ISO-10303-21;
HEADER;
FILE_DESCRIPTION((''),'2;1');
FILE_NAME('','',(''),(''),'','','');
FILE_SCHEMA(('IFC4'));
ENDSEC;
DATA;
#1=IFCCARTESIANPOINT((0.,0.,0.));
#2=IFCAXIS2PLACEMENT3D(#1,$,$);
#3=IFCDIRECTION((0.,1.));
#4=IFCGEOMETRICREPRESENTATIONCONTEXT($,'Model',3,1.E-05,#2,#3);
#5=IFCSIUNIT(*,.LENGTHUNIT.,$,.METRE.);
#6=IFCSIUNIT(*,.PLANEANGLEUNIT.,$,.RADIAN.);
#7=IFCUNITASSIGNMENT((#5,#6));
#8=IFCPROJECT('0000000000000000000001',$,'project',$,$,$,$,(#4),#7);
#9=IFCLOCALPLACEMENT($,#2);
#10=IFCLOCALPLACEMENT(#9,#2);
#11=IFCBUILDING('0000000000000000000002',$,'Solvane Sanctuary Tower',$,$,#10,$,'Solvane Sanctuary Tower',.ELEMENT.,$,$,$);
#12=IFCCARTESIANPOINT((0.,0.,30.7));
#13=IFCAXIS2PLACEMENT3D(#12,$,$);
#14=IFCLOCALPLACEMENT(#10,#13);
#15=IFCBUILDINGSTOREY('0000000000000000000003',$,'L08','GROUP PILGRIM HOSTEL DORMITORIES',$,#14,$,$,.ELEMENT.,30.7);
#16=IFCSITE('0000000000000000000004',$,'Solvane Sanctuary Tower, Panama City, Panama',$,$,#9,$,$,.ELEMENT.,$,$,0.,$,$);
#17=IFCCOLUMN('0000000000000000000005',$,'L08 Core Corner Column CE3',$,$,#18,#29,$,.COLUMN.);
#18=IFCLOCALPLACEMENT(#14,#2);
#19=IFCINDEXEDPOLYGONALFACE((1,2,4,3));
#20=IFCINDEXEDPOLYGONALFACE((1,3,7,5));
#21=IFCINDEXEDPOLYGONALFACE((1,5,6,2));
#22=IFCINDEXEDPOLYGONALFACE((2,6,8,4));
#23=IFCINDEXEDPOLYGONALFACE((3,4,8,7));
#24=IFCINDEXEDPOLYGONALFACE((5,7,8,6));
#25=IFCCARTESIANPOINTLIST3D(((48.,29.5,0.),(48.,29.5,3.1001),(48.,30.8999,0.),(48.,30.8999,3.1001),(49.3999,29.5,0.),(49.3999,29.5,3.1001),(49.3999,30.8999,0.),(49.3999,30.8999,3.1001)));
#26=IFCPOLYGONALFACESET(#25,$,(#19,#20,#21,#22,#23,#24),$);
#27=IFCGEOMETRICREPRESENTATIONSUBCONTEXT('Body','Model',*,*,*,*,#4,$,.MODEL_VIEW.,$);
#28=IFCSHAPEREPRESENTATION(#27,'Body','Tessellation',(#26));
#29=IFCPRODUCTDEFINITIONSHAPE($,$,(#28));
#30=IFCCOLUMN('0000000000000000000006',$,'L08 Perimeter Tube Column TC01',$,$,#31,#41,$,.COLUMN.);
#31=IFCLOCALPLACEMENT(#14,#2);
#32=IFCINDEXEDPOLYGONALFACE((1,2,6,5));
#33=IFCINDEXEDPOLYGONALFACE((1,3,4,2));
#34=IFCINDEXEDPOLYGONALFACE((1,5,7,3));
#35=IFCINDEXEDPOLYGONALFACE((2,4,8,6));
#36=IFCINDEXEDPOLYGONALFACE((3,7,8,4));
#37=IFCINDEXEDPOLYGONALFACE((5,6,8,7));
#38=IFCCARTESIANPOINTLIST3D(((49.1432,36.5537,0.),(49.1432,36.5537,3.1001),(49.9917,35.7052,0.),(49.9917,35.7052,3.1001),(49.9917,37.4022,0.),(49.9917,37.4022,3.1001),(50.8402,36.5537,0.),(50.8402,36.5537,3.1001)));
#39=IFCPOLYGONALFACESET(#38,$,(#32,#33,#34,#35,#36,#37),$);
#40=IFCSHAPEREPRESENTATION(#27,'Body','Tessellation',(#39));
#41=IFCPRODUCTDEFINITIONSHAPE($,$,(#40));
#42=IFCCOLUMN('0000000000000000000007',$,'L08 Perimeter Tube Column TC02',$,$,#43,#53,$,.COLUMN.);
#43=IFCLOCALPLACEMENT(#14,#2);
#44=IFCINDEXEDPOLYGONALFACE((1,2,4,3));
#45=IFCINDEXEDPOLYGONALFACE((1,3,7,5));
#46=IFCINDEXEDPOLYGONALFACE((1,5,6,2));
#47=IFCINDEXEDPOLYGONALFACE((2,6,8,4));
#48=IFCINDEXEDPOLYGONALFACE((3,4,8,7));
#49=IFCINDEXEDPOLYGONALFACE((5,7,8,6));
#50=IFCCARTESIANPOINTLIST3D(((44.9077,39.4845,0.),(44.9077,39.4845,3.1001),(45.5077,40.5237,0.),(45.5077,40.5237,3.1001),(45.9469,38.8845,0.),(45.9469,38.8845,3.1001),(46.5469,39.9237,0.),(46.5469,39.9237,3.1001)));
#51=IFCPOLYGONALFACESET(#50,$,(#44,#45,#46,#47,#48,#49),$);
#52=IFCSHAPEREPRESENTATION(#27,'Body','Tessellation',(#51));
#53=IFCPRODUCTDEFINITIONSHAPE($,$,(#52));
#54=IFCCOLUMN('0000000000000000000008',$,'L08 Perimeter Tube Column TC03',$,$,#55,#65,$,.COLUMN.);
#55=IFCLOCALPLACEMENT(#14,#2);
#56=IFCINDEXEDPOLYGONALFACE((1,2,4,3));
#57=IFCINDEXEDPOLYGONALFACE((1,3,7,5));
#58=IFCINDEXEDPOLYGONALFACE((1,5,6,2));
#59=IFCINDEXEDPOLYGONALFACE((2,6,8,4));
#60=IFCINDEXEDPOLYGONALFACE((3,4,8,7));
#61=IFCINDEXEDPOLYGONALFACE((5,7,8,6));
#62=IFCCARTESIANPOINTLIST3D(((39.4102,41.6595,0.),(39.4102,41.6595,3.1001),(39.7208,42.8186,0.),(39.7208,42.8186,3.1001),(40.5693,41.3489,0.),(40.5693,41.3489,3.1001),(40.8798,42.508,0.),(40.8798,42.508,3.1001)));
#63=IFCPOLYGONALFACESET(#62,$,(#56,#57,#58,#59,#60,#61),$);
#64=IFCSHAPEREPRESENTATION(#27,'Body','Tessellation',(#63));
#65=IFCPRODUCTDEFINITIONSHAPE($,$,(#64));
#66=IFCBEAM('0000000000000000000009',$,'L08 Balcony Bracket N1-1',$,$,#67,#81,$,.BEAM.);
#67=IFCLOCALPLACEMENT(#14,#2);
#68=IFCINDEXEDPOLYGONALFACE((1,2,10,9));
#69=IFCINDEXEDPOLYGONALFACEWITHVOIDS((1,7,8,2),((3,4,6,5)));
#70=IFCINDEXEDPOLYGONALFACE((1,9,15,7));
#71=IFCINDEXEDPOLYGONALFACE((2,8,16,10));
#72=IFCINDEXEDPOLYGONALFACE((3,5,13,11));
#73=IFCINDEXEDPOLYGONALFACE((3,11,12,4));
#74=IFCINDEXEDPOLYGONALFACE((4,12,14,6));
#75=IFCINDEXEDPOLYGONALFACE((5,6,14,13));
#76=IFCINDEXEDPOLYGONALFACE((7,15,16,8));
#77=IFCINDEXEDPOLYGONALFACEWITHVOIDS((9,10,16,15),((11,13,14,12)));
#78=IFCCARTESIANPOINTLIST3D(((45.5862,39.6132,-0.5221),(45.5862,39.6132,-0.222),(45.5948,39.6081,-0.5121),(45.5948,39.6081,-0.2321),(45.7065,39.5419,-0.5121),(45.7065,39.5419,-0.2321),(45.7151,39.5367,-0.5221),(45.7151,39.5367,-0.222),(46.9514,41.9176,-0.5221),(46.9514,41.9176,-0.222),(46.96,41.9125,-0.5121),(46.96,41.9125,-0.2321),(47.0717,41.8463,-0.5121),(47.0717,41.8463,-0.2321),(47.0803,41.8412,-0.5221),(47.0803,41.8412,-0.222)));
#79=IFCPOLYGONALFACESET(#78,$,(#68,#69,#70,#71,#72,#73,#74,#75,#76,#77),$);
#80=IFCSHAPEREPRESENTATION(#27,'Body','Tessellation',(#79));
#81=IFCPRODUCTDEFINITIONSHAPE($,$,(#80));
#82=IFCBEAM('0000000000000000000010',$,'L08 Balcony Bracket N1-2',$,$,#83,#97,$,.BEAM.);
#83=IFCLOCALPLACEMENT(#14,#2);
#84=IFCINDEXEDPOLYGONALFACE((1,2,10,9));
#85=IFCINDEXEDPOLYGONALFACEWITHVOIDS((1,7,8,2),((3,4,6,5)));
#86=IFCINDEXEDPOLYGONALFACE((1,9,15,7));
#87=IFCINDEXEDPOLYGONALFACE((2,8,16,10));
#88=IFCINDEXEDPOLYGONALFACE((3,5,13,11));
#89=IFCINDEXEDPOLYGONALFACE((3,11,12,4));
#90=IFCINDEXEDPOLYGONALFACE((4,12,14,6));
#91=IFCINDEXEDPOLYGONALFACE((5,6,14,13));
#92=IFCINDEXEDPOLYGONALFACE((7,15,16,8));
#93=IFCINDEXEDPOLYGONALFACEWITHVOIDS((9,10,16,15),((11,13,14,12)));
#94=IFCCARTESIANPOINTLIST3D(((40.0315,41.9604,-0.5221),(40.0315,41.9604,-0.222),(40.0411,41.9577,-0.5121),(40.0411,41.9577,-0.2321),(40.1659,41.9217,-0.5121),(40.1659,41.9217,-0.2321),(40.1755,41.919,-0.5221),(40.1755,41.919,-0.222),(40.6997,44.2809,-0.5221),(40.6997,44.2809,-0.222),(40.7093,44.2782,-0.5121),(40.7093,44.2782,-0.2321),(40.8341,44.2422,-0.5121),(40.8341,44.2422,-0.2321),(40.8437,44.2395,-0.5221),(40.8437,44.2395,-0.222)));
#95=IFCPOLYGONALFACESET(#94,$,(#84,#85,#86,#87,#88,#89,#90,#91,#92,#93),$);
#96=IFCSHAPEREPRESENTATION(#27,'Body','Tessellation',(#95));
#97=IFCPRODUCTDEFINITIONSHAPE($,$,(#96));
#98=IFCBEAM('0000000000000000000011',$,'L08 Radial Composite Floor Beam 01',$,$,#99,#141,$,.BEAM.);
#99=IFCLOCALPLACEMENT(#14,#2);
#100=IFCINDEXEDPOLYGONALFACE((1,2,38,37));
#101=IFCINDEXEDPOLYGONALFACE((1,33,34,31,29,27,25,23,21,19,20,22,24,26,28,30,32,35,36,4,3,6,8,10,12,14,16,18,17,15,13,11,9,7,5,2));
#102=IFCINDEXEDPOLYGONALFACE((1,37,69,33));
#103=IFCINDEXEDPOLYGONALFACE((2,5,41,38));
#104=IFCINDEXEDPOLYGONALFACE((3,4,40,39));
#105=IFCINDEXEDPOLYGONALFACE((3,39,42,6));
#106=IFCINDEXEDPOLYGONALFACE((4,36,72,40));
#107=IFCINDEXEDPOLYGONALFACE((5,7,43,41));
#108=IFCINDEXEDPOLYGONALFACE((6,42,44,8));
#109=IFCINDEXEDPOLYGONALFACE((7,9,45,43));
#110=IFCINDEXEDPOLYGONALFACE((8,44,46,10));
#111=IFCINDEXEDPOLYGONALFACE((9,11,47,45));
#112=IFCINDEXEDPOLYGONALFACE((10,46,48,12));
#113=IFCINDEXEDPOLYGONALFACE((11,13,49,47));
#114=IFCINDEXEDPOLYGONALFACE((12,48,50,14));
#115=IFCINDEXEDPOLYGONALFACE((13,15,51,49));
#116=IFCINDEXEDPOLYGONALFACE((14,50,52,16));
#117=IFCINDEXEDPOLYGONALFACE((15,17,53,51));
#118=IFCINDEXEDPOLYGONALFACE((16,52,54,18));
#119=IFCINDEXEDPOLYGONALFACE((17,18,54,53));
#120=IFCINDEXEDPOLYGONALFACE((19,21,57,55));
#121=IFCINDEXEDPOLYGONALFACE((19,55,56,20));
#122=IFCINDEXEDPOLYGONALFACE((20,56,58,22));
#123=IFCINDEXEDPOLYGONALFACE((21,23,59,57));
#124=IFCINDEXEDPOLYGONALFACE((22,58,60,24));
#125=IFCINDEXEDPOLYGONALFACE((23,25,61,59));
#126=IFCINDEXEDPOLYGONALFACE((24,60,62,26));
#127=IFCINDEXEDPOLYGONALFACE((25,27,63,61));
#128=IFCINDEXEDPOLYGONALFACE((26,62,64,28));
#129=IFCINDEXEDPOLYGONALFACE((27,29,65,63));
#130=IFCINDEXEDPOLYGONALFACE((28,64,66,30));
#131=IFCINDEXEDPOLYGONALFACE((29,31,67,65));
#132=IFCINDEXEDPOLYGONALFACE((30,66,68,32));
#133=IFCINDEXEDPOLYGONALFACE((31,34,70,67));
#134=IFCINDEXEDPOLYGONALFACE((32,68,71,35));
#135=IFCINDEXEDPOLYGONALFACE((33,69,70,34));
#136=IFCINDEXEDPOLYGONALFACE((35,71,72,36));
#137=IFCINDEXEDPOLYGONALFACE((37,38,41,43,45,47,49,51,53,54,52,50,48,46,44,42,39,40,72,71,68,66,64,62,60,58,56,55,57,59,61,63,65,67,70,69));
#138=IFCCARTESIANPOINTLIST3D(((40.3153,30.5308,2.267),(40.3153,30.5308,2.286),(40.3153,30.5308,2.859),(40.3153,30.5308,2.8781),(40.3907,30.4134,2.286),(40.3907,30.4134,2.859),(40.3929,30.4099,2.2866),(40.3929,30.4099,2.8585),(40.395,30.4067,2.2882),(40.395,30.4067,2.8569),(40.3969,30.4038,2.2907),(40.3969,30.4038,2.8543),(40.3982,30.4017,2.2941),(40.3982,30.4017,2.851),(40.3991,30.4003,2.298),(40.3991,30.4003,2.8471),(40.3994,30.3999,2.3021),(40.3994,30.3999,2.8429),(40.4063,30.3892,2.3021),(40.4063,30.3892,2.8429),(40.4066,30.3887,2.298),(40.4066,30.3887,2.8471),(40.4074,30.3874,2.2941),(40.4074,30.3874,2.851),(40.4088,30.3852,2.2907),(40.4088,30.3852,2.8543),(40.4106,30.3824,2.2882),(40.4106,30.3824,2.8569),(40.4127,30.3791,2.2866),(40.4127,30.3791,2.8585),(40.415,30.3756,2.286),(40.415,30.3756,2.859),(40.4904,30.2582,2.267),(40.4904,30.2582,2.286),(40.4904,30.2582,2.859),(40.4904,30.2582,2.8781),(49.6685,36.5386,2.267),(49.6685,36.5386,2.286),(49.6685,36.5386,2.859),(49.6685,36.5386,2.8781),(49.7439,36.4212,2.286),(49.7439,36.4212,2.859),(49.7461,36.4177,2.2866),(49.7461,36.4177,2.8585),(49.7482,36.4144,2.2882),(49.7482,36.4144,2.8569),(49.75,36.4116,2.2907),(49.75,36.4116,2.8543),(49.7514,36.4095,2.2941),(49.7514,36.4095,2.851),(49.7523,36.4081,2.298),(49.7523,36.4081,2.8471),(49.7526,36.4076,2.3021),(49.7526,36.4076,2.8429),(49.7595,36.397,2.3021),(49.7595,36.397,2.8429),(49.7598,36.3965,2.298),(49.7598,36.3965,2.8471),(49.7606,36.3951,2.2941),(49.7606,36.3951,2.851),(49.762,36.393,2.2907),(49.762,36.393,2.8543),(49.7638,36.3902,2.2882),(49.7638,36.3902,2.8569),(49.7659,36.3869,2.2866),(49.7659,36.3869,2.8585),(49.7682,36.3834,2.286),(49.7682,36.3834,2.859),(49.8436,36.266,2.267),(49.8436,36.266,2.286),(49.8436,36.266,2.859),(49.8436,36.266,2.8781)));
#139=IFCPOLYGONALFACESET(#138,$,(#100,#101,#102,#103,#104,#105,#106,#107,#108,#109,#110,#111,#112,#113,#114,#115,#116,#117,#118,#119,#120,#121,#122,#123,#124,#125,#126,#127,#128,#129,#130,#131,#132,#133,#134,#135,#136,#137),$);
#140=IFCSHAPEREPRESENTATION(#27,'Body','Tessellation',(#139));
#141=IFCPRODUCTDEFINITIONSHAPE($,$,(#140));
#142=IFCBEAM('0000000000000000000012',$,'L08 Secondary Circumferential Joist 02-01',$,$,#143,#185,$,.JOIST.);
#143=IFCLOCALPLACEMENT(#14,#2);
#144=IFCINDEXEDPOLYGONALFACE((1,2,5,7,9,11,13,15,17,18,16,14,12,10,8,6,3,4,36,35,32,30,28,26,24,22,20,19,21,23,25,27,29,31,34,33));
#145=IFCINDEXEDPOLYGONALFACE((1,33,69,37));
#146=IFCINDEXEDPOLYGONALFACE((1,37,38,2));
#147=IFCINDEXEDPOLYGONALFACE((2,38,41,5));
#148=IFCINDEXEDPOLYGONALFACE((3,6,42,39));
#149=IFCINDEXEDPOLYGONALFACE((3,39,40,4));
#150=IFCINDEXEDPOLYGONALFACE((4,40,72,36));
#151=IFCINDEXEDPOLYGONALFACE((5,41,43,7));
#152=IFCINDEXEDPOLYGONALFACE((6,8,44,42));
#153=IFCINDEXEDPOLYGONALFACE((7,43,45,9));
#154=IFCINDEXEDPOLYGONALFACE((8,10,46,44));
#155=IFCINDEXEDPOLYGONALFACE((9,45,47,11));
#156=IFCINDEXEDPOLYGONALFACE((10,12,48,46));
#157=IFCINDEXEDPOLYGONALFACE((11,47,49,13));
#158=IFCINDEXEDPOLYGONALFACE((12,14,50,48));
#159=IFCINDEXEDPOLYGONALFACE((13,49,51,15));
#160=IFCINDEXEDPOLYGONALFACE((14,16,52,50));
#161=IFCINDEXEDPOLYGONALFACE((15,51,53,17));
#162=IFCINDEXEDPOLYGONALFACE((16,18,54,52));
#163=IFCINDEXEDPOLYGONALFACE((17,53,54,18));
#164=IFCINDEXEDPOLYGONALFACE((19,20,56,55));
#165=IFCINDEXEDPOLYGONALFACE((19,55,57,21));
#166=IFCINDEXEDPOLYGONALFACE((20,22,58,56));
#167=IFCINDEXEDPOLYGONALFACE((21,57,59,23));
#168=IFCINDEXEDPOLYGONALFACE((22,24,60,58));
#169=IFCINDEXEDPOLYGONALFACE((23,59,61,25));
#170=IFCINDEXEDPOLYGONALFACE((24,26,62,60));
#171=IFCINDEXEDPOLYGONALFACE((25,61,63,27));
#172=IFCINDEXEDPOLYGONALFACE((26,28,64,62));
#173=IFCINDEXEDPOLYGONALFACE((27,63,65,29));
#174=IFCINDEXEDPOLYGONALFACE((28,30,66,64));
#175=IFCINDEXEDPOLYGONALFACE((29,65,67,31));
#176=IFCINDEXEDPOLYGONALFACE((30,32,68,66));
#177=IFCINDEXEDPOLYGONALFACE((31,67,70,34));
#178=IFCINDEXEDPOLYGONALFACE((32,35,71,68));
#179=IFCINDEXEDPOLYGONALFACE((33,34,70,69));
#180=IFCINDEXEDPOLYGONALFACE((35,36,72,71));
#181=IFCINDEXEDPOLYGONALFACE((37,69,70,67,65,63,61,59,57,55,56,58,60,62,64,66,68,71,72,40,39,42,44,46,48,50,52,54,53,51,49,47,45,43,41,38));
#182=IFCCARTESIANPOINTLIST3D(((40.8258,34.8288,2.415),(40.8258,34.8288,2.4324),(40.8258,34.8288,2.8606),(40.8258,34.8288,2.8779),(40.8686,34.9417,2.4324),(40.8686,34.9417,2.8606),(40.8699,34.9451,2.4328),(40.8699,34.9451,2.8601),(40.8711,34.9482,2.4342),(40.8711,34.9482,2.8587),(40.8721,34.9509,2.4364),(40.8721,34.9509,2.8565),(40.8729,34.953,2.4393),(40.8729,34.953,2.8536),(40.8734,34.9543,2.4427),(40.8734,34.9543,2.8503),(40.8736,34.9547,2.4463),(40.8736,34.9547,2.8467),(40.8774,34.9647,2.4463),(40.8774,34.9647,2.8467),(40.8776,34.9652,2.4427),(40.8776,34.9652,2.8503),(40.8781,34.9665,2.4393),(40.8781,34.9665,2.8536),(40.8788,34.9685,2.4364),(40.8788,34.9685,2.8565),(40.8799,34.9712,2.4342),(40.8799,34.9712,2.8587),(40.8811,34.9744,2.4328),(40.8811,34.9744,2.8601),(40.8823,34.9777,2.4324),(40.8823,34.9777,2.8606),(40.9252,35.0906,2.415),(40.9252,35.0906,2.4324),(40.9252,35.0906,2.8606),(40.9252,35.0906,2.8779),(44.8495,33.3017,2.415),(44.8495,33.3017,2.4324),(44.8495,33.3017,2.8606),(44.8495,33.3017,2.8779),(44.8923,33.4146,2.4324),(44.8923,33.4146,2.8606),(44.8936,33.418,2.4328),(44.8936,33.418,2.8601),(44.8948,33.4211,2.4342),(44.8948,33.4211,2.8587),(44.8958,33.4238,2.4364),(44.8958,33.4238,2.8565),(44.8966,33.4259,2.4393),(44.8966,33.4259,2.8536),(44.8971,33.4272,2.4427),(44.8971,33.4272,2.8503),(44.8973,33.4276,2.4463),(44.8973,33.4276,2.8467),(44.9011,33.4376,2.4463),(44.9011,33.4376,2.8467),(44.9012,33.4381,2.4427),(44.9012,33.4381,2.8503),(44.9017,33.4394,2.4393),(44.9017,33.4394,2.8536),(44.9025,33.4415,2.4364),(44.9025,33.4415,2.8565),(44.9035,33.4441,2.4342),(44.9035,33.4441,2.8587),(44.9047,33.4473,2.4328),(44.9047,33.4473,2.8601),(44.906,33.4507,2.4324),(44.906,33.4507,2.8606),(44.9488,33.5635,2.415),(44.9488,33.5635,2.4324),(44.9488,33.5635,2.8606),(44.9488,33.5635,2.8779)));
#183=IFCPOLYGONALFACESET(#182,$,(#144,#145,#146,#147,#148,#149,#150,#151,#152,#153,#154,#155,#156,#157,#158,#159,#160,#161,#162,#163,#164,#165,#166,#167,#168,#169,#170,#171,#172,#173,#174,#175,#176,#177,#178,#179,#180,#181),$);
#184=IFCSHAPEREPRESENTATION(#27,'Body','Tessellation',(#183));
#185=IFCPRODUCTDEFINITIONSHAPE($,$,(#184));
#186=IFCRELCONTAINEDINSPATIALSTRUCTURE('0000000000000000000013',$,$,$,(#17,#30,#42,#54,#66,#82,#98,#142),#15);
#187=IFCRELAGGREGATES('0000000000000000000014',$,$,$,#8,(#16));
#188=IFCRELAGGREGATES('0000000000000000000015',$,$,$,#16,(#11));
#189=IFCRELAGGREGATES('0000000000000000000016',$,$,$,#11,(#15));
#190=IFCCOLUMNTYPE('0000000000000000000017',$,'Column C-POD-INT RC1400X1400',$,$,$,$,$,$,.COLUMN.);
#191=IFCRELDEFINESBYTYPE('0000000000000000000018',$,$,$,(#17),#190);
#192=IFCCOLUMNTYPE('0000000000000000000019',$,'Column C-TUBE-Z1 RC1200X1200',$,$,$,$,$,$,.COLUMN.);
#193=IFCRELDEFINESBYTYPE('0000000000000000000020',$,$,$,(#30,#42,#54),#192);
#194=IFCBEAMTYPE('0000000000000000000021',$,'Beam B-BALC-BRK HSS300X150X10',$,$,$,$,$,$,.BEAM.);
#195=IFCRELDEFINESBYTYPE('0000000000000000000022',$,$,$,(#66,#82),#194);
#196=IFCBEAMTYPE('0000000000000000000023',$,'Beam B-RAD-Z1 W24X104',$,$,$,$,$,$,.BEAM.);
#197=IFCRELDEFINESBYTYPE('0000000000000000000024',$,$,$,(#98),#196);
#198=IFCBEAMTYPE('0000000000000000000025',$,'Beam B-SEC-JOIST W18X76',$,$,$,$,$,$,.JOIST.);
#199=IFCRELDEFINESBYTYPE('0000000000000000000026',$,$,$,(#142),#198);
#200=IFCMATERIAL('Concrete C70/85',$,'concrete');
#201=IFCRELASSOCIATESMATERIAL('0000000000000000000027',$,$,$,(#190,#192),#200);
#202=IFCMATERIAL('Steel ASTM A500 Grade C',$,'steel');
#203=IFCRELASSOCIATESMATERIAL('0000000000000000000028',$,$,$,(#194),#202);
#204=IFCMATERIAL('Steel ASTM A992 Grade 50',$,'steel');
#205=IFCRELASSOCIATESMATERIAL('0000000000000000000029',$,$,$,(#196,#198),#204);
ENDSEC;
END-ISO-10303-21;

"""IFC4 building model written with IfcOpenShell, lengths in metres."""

from ifc_helpers import new_model, si_unit, direction, frame, origin, origin_2d, place, context, subcontext, project, spatial, rectangle, hollow_rectangle, i_section, extrude, material, material_profile, profile_set, type_object, element, save


model = new_model("IFC4")

# Units and contexts
model_context = context("Model", 3, precision=1e-05, world=origin(), true_north=direction((0.0, 1.0)))
body_context = subcontext(model_context, "Body", "Model", "MODEL_VIEW")
ifc_project = project(units=[si_unit("LENGTHUNIT", "METRE"), si_unit("PLANEANGLEUNIT", "RADIAN")], contexts=[model_context])

# Site, building, storey
site_placement = place(None, origin())
site = spatial("IfcSite", under=ifc_project, at=site_placement, Name="Solvane Sanctuary Tower, Panama City, Panama", CompositionType="ELEMENT", RefElevation=0.0)
building_placement = place(site_placement, origin())
building = spatial("IfcBuilding", under=site, at=building_placement, Name="Solvane Sanctuary Tower", LongName="Solvane Sanctuary Tower", CompositionType="ELEMENT")
storey_placement = place(building_placement, frame((0.0, 0.0, 30.7)))
storey = spatial("IfcBuildingStorey", under=building, at=storey_placement, Name="L08", Description="GROUP PILGRIM HOSTEL DORMITORIES", CompositionType="ELEMENT", Elevation=30.7)

# Columns
ifc_material_1 = material(Name="Concrete C70/85", Category="concrete")
ifc_material_profile_1 = material_profile(ifc_material_1, rectangle(XDim=1.3999, YDim=1.3999, at=origin_2d()), Name="RC1400X1400")
ifc_profile_set_1 = profile_set([ifc_material_profile_1], Name="Concrete C70/85")
column_type_1 = type_object("IfcColumnType", Name="Column C-POD-INT RC1400X1400", PredefinedType="COLUMN", material=ifc_profile_set_1)
column_placement = place(storey_placement, frame((48.7, 30.2, 0.0), z_axis=(0.0, 0.0, 1.0), x_axis=(1.0, 0.0, 0.0)))
element("IfcColumn", 1, at=column_placement, inside=storey, type_object=column_type_1, Name="L08 Core Corner Column CE3", PredefinedType="COLUMN", context=body_context, shape_type="SweptSolid", body=[
    extrude(rectangle(XDim=1.3999, YDim=1.3999, at=origin_2d()), origin(), (0.0, 0.0, 1.0), 3.1001),
])
ifc_material_profile_2 = material_profile(ifc_material_1, rectangle(XDim=1.2, YDim=1.2, at=origin_2d()), Name="RC1200X1200")
ifc_profile_set_2 = profile_set([ifc_material_profile_2], Name="Concrete C70/85")
column_type_2 = type_object("IfcColumnType", Name="Column C-TUBE-Z1 RC1200X1200", PredefinedType="COLUMN", material=ifc_profile_set_2)
for number, where, z_axis, x_axis, name in (
    (2, (49.9917, 36.5537, 0.0), (0.0, 0.0, 1.0), (0.707107, 0.707107, 0.0), "L08 Perimeter Tube Column TC01"),
    (3, (45.7273, 39.7041, 0.0), (0.0, 0.0, 1.0), (0.5, 0.866025, 0.0), "L08 Perimeter Tube Column TC02"),
    (4, (40.145, 42.0837, 0.0), (0.0, 0.0, 1.0), (0.258819, 0.965926, 0.0), "L08 Perimeter Tube Column TC03"),
):
    element("IfcColumn", number, at=place(storey_placement, frame(where, z_axis=z_axis, x_axis=x_axis)), inside=storey, type_object=column_type_2, Name=name, PredefinedType="COLUMN", context=body_context, shape_type="SweptSolid", body=[
        extrude(rectangle(XDim=1.2, YDim=1.2, at=origin_2d()), origin(), (0.0, 0.0, 1.0), 3.1001),
    ])

# Beams
ifc_material_2 = material(Name="Steel ASTM A500 Grade C", Category="steel")
ifc_material_profile_3 = material_profile(ifc_material_2, hollow_rectangle(XDim=0.1499, YDim=0.3, WallThickness=0.01, at=origin_2d()), Name="HSS300X150X10")
ifc_profile_set_3 = profile_set([ifc_material_profile_3], Name="Steel ASTM A500 Grade C")
beam_type_1 = type_object("IfcBeamType", Name="Beam B-BALC-BRK HSS300X150X10", PredefinedType="BEAM", material=ifc_profile_set_3)
beam_1_placement = place(storey_placement, frame((45.6506, 39.575, -0.3721), z_axis=(0.509702, 0.860351, 0.0), x_axis=(-0.860351, 0.509702, 0.0)))
element("IfcBeam", 5, at=beam_1_placement, inside=storey, type_object=beam_type_1, Name="L08 Balcony Bracket N1-1", PredefinedType="BEAM", context=body_context, shape_type="SweptSolid", body=[
    extrude(hollow_rectangle(XDim=0.1499, YDim=0.3, WallThickness=0.01, at=origin_2d()), origin(), (0.0, 0.0, 1.0), 2.6785),
])
beam_2_placement = place(storey_placement, frame((40.1035, 41.9397, -0.3721), z_axis=(0.27671, 0.960953, 0.0), x_axis=(-0.960953, 0.27671, 0.0)))
element("IfcBeam", 6, at=beam_2_placement, inside=storey, type_object=beam_type_1, Name="L08 Balcony Bracket N1-2", PredefinedType="BEAM", context=body_context, shape_type="SweptSolid", body=[
    extrude(hollow_rectangle(XDim=0.1499, YDim=0.3, WallThickness=0.01, at=origin_2d()), origin(), (0.0, 0.0, 1.0), 2.4148),
])
ifc_material_3 = material(Name="Steel ASTM A992 Grade 50", Category="steel")
ifc_material_profile_4 = material_profile(ifc_material_3, i_section(OverallWidth=0.324, OverallDepth=0.6111, WebThickness=0.0127, FlangeThickness=0.019, FilletRadius=0.0161, at=origin_2d()), Name="W24X104")
ifc_profile_set_4 = profile_set([ifc_material_profile_4], Name="Steel ASTM A992 Grade 50")
beam_type_2 = type_object("IfcBeamType", Name="Beam B-RAD-Z1 W24X104", PredefinedType="BEAM", material=ifc_profile_set_4)
beam_3_placement = place(storey_placement, frame((40.4028, 30.3945, 2.5725), z_axis=(0.841383, 0.540439, 0.0), x_axis=(-0.540439, 0.841383, 0.0)))
element("IfcBeam", 7, at=beam_3_placement, inside=storey, type_object=beam_type_2, Name="L08 Radial Composite Floor Beam 01", PredefinedType="BEAM", context=body_context, shape_type="SweptSolid", body=[
    extrude(i_section(OverallWidth=0.324, OverallDepth=0.6111, WebThickness=0.0127, FlangeThickness=0.019, FilletRadius=0.0161, at=origin_2d()), origin(), (0.0, 0.0, 1.0), 11.1165),
])
ifc_material_profile_5 = material_profile(ifc_material_3, i_section(OverallWidth=0.28, OverallDepth=0.4629, WebThickness=0.0107, FlangeThickness=0.0173, FilletRadius=0.0139, at=origin_2d()), Name="W18X76")
ifc_profile_set_5 = profile_set([ifc_material_profile_5], Name="Steel ASTM A992 Grade 50")
beam_type_3 = type_object("IfcBeamType", Name="Beam B-SEC-JOIST W18X76", PredefinedType="JOIST", material=ifc_profile_set_5)
beam_4_placement = place(storey_placement, frame((40.8755, 34.9597, 2.6465), z_axis=(0.93493, -0.354832, 0.0), x_axis=(0.354832, 0.93493, 0.0)))
element("IfcBeam", 8, at=beam_4_placement, inside=storey, type_object=beam_type_3, Name="L08 Secondary Circumferential Joist 02-01", PredefinedType="JOIST", context=body_context, shape_type="SweptSolid", body=[
    extrude(i_section(OverallWidth=0.28, OverallDepth=0.4629, WebThickness=0.0107, FlangeThickness=0.0173, FilletRadius=0.0139, at=origin_2d()), origin(), (0.0, 0.0, 1.0), 4.3037),
])

save(model, "model.ifc")
